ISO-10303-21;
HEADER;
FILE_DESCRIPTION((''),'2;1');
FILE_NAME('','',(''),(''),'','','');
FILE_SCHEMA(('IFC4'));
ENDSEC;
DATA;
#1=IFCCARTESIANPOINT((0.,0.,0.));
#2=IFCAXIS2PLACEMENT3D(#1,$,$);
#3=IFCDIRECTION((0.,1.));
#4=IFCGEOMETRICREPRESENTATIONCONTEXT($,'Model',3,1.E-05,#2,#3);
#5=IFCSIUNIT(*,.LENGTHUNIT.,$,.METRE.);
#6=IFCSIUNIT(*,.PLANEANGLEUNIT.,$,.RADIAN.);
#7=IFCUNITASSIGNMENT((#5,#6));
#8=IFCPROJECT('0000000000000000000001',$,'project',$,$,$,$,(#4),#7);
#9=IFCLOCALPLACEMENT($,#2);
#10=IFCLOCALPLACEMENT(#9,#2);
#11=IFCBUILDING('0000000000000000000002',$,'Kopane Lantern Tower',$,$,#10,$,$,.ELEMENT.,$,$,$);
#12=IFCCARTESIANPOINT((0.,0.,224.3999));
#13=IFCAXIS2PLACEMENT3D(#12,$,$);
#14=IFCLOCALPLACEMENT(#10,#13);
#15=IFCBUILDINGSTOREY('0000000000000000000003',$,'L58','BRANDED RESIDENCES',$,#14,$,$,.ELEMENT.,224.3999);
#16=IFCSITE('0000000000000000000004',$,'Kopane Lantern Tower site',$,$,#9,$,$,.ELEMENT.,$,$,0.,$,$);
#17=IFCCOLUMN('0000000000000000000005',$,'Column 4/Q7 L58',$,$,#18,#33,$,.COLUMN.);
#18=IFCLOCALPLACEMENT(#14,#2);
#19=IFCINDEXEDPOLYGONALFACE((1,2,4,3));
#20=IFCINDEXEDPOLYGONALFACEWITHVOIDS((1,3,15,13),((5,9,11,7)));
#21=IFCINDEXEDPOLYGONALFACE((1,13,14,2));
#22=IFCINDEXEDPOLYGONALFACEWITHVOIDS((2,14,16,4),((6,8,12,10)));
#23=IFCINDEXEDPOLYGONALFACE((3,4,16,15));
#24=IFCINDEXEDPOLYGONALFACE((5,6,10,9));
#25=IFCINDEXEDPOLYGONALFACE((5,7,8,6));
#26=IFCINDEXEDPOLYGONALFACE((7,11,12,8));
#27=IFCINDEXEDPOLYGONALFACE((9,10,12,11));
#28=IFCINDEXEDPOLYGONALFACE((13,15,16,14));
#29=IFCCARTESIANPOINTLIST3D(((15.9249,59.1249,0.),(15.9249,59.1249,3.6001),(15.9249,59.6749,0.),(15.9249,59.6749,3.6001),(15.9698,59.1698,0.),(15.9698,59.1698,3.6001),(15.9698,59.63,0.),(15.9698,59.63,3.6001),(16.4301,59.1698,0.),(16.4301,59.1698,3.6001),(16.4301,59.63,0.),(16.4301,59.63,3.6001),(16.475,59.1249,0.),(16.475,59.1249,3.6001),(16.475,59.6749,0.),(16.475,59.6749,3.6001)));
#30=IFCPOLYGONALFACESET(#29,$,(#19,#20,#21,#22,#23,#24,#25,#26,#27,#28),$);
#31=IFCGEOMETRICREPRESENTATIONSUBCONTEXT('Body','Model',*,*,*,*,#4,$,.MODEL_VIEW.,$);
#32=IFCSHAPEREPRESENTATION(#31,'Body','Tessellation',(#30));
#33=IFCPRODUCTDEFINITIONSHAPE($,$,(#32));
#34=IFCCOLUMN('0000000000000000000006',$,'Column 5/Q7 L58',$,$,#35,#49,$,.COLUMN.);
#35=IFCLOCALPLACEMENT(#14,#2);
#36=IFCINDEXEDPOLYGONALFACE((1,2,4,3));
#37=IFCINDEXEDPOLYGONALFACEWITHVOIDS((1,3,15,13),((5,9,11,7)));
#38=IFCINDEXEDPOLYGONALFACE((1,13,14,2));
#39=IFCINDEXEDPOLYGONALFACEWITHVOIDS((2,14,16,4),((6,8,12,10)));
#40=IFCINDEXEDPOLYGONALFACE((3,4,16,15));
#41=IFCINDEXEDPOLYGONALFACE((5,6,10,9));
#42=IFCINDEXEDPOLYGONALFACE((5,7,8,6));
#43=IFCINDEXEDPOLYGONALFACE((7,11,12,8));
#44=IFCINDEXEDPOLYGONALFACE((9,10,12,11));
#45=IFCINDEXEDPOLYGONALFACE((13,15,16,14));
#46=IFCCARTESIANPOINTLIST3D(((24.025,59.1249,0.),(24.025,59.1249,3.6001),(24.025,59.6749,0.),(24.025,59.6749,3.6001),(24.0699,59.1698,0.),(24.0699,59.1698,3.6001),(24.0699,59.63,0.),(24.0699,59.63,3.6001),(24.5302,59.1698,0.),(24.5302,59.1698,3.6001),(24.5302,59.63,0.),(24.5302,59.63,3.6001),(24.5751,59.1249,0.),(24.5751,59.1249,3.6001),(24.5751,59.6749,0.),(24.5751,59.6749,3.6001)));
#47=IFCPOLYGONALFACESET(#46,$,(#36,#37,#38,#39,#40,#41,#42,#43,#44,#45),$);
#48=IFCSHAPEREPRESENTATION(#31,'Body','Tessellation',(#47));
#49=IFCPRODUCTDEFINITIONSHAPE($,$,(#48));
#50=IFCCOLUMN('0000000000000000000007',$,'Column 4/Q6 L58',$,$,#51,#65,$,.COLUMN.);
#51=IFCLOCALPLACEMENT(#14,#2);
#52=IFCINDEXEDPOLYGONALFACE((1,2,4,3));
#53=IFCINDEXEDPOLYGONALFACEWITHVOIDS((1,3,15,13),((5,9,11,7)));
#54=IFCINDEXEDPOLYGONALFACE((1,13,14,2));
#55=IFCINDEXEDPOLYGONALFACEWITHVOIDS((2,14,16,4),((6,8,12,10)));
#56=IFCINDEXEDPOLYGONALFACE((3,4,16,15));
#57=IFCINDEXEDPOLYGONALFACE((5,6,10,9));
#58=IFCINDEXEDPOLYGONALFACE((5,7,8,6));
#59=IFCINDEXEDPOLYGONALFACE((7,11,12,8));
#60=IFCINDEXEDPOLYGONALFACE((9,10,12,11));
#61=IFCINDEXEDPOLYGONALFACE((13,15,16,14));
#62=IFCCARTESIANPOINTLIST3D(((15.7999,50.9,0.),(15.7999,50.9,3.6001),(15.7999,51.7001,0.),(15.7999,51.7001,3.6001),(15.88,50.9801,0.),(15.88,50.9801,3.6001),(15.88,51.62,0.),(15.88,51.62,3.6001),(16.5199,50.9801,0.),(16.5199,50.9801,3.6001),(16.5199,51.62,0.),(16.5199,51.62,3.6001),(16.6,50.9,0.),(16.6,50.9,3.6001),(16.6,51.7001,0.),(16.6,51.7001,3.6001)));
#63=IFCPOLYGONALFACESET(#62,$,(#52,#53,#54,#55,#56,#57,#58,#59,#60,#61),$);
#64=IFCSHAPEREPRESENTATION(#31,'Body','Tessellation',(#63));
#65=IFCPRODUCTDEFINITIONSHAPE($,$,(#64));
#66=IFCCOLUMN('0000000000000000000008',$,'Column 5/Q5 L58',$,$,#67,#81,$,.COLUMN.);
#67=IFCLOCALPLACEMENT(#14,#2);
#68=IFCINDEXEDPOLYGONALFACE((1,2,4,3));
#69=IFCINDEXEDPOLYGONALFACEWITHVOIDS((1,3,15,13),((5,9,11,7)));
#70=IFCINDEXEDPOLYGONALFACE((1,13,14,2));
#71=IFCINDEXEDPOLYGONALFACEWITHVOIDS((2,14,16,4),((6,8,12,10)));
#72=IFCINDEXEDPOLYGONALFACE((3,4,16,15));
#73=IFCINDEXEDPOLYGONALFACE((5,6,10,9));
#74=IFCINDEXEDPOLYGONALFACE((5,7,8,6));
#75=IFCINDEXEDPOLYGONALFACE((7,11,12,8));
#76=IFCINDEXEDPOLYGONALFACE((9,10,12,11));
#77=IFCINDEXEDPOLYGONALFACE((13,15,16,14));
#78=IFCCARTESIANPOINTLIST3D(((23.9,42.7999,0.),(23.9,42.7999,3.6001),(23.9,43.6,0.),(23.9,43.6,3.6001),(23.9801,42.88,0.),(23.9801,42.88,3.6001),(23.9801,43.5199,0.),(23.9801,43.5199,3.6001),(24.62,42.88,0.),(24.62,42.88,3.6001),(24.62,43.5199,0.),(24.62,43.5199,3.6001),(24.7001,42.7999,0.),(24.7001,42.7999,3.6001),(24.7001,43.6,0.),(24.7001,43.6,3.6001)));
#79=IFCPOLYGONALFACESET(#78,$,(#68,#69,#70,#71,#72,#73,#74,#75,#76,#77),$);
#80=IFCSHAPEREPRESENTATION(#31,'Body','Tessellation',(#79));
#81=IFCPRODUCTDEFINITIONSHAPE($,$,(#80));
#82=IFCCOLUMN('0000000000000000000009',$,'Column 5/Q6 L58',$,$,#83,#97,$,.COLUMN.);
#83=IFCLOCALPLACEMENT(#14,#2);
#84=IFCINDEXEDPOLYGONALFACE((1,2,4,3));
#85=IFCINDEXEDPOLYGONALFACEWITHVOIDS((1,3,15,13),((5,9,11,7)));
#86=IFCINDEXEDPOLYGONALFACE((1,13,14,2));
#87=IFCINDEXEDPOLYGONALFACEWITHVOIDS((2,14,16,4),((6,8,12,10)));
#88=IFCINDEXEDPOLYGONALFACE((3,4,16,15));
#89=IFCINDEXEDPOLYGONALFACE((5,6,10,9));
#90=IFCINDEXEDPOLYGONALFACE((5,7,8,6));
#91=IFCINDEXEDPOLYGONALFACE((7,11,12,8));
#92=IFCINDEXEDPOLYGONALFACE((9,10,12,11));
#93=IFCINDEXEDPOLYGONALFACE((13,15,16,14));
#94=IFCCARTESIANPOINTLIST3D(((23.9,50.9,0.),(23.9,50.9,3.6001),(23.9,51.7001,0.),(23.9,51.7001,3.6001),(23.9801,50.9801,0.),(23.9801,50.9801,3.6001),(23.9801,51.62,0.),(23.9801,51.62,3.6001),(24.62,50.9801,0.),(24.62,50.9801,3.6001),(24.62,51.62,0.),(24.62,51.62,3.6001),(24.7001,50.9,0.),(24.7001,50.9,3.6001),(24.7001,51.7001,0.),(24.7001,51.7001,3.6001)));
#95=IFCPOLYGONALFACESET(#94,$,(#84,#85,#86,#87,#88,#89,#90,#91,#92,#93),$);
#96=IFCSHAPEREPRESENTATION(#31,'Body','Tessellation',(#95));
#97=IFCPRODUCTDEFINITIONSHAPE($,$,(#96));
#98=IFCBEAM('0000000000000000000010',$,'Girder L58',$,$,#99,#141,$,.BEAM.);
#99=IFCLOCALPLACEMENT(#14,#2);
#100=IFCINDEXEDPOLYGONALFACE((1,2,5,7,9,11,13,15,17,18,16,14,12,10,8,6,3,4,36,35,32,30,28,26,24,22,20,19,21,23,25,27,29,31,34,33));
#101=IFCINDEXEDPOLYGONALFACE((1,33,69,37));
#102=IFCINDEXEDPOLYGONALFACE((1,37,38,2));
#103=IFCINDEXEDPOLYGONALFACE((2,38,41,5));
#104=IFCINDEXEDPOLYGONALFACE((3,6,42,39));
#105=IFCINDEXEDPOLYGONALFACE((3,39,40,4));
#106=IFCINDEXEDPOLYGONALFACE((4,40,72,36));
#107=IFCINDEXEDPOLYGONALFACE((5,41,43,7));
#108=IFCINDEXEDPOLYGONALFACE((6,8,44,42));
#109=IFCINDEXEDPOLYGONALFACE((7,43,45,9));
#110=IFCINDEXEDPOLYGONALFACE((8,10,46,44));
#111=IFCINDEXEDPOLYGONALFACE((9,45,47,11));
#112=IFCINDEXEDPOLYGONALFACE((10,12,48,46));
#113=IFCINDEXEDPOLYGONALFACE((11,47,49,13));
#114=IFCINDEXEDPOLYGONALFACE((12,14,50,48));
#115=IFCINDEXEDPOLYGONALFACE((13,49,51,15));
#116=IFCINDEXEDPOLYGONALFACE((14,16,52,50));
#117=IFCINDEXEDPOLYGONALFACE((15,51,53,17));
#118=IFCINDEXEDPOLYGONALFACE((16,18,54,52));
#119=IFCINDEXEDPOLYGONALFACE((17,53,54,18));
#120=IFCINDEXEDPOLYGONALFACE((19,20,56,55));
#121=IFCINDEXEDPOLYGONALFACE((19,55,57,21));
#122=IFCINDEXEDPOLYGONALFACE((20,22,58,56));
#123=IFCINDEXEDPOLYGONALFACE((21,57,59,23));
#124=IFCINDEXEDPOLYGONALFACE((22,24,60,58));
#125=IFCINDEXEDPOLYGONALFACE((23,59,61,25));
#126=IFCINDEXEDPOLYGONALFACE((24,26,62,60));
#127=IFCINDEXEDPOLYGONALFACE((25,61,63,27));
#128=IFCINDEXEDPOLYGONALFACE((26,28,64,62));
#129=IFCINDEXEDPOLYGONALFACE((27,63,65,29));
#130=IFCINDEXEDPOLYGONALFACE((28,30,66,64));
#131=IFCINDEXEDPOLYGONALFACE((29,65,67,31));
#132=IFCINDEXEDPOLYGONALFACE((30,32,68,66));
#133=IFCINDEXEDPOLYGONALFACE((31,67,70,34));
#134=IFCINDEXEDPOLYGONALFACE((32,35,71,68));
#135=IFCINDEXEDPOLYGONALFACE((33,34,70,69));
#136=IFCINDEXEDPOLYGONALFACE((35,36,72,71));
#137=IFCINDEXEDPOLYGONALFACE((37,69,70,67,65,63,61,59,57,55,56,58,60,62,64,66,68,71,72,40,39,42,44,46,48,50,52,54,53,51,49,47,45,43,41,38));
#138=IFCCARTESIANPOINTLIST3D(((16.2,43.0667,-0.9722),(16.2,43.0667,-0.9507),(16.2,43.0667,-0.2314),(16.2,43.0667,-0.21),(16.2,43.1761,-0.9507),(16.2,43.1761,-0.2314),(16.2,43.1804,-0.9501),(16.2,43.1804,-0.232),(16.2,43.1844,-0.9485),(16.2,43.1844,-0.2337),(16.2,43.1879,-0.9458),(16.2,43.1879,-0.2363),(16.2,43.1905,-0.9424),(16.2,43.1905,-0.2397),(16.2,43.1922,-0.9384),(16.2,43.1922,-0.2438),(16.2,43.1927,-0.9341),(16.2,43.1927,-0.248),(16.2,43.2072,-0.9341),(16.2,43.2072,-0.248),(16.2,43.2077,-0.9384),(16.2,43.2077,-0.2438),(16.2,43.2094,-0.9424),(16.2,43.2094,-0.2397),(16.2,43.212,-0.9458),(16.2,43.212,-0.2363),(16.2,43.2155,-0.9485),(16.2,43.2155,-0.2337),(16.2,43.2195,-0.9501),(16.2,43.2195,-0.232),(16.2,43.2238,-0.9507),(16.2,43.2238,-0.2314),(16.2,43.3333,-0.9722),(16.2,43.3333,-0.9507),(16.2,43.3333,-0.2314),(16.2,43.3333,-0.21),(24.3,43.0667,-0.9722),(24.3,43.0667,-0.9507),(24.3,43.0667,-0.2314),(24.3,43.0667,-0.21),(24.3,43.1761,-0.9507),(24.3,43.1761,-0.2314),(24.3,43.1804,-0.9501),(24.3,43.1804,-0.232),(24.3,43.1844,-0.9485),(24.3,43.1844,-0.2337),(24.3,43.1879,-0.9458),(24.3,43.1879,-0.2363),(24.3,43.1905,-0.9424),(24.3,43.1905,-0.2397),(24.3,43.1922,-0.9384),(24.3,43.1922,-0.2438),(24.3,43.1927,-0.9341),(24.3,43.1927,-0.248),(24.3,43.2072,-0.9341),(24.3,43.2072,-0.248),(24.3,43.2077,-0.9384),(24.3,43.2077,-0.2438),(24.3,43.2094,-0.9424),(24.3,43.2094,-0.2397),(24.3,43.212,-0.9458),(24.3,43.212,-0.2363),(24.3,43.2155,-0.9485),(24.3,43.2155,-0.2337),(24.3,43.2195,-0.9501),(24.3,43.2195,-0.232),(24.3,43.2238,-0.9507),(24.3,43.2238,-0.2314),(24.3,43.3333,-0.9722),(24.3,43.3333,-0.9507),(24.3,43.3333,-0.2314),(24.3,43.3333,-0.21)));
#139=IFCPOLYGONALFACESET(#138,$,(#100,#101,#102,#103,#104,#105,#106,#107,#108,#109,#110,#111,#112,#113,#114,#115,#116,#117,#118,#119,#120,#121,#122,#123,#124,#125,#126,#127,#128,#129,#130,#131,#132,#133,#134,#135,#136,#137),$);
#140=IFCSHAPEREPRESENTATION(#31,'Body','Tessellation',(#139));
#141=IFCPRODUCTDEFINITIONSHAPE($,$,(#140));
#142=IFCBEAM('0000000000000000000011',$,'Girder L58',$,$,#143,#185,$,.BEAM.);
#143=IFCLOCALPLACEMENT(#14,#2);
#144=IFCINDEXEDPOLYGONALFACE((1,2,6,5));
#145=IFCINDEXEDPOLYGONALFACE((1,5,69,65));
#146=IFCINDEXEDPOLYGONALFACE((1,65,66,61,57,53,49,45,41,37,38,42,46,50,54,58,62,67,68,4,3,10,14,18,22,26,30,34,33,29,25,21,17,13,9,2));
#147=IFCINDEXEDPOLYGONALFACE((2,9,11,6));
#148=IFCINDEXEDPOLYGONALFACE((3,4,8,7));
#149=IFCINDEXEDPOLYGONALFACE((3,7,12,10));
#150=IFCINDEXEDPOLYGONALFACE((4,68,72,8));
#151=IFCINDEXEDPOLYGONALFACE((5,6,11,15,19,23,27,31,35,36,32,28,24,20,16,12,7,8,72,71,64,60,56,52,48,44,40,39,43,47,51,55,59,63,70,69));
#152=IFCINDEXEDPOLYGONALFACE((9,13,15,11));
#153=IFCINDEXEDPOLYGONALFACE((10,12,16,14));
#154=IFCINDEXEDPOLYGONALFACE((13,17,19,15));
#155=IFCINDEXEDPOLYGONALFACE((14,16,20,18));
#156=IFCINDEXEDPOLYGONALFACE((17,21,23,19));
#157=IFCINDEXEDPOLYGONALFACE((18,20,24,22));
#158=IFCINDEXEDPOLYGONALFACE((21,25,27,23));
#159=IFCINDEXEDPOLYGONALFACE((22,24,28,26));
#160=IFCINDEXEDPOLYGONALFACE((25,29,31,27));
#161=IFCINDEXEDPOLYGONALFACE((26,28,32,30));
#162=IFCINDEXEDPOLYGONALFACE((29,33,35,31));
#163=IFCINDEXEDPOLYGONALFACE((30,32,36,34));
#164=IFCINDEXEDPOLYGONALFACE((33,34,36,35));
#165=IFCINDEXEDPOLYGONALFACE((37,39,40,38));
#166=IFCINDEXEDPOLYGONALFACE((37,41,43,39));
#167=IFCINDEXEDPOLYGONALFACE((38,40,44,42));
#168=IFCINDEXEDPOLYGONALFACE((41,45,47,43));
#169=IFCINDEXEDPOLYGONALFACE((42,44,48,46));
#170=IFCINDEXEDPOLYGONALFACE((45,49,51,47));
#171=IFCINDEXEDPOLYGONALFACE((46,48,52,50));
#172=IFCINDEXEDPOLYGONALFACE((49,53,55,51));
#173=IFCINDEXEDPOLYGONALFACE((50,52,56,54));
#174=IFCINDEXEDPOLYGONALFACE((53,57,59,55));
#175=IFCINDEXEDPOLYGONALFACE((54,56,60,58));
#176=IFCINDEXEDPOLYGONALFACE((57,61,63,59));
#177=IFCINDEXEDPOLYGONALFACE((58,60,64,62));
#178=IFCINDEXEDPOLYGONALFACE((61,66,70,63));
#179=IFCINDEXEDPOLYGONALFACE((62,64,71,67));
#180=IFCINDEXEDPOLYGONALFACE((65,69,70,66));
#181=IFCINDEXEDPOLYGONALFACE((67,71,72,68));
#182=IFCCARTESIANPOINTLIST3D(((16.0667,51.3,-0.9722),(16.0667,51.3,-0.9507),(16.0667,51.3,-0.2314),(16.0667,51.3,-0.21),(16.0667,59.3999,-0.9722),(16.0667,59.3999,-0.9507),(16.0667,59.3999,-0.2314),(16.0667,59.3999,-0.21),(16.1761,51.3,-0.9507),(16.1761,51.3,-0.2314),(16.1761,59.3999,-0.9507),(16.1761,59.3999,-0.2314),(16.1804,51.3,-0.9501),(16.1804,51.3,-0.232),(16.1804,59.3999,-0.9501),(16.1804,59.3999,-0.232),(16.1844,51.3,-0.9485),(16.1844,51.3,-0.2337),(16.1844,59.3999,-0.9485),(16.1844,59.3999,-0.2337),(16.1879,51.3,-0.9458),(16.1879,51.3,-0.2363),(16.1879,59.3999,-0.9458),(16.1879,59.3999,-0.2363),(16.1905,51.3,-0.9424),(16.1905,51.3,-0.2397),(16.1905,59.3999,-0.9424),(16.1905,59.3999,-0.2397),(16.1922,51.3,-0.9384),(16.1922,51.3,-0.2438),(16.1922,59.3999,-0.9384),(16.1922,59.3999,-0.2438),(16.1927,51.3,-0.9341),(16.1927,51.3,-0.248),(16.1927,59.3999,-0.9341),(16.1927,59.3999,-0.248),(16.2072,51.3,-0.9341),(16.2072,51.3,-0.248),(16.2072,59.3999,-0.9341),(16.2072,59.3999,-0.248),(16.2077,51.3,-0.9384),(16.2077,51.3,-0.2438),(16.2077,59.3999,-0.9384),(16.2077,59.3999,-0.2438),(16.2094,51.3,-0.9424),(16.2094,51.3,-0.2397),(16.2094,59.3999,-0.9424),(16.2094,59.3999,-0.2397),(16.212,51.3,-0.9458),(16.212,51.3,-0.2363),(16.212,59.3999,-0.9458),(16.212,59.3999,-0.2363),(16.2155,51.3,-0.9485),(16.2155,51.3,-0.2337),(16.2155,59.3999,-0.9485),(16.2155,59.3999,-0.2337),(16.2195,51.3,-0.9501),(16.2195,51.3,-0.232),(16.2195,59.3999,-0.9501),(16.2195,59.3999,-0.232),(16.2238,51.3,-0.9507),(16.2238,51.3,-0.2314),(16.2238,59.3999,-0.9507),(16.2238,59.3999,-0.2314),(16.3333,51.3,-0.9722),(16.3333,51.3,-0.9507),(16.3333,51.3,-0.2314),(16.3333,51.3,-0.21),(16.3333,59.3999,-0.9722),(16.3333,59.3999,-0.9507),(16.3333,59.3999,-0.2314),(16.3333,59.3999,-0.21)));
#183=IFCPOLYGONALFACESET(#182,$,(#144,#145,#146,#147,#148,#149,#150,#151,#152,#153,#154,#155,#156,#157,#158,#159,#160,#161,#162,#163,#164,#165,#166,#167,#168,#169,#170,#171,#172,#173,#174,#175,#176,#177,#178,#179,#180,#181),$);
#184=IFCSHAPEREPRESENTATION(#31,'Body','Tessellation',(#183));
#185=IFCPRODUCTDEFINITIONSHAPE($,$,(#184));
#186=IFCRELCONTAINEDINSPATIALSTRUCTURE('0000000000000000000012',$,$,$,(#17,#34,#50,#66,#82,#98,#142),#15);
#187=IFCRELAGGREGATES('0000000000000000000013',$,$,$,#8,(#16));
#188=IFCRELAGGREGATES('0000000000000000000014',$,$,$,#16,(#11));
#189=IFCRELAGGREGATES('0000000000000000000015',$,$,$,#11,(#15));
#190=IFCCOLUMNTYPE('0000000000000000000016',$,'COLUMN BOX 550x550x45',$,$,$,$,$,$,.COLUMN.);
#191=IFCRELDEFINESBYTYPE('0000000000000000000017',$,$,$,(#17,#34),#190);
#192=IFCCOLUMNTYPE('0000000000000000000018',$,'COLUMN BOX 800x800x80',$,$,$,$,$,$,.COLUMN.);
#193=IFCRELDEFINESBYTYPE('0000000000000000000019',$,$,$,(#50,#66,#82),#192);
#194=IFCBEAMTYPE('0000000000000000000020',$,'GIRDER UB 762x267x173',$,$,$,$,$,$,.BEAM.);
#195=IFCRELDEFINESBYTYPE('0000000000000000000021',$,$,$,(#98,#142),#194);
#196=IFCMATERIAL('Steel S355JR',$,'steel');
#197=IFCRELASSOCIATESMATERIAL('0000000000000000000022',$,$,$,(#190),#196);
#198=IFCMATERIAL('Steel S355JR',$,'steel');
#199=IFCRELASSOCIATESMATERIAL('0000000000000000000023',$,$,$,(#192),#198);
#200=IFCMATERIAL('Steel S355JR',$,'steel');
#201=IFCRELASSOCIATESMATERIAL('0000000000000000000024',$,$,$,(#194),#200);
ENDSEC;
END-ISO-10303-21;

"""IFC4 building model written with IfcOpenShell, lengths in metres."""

from ifc_helpers import new_model, si_unit, direction, frame, origin, origin_2d, place, context, subcontext, project, spatial, hollow_rectangle, i_section, extrude, material, material_profile, profile_set, type_object, element, save


model = new_model("IFC4")

# Units and contexts
model_context = context("Model", 3, precision=1e-05, world=origin(), true_north=direction((0.0, 1.0)))
body_context = subcontext(model_context, "Body", "Model", "MODEL_VIEW")
ifc_project = project(units=[si_unit("LENGTHUNIT", "METRE"), si_unit("PLANEANGLEUNIT", "RADIAN")], contexts=[model_context])

# Site, building, storey
site_placement = place(None, origin())
site = spatial("IfcSite", under=ifc_project, at=site_placement, Name="Kopane Lantern Tower site", CompositionType="ELEMENT", RefElevation=0.0)
building_placement = place(site_placement, origin())
building = spatial("IfcBuilding", under=site, at=building_placement, Name="Kopane Lantern Tower", CompositionType="ELEMENT")
storey_placement = place(building_placement, frame((0.0, 0.0, 224.3999)))
storey = spatial("IfcBuildingStorey", under=building, at=storey_placement, Name="L58", Description="BRANDED RESIDENCES", CompositionType="ELEMENT", Elevation=224.3999)

# Columns
ifc_material_1 = material(Name="Steel S355JR", Category="steel")
ifc_material_profile_1 = material_profile(ifc_material_1, hollow_rectangle(XDim=0.55, YDim=0.55, WallThickness=0.0449, at=origin_2d()), Name="BOX 550x550x45")
ifc_profile_set_1 = profile_set([ifc_material_profile_1], Name="Steel S355JR")
column_type_1 = type_object("IfcColumnType", Name="COLUMN BOX 550x550x45", PredefinedType="COLUMN", material=ifc_profile_set_1)
for number, where, z_axis, x_axis, name in (
    (1, (16.2, 59.3999, 0.0), (0.0, 0.0, 1.0), (1.0, 0.0, 0.0), "Column 4/Q7 L58"),
    (2, (24.3, 59.3999, 0.0), (0.0, 0.0, 1.0), (1.0, 0.0, 0.0), "Column 5/Q7 L58"),
):
    element("IfcColumn", number, at=place(storey_placement, frame(where, z_axis=z_axis, x_axis=x_axis)), inside=storey, type_object=column_type_1, Name=name, PredefinedType="COLUMN", context=body_context, shape_type="SweptSolid", body=[
        extrude(hollow_rectangle(XDim=0.55, YDim=0.55, WallThickness=0.0449, at=origin_2d()), origin(), (0.0, 0.0, 1.0), 3.6001),
    ])
ifc_material_2 = material(Name="Steel S355JR", Category="steel")
ifc_material_profile_2 = material_profile(ifc_material_2, hollow_rectangle(XDim=0.8, YDim=0.8, WallThickness=0.0801, at=origin_2d()), Name="BOX 800x800x80")
ifc_profile_set_2 = profile_set([ifc_material_profile_2], Name="Steel S355JR")
column_type_2 = type_object("IfcColumnType", Name="COLUMN BOX 800x800x80", PredefinedType="COLUMN", material=ifc_profile_set_2)
for number, where, z_axis, x_axis, name in (
    (3, (16.2, 51.3, 0.0), (0.0, 0.0, 1.0), (1.0, 0.0, 0.0), "Column 4/Q6 L58"),
    (4, (24.3, 43.2, 0.0), (0.0, 0.0, 1.0), (1.0, 0.0, 0.0), "Column 5/Q5 L58"),
    (5, (24.3, 51.3, 0.0), (0.0, 0.0, 1.0), (1.0, 0.0, 0.0), "Column 5/Q6 L58"),
):
    element("IfcColumn", number, at=place(storey_placement, frame(where, z_axis=z_axis, x_axis=x_axis)), inside=storey, type_object=column_type_2, Name=name, PredefinedType="COLUMN", context=body_context, shape_type="SweptSolid", body=[
        extrude(hollow_rectangle(XDim=0.8, YDim=0.8, WallThickness=0.0801, at=origin_2d()), origin(), (0.0, 0.0, 1.0), 3.6001),
    ])

# Beams
ifc_material_3 = material(Name="Steel S355JR", Category="steel")
ifc_material_profile_3 = material_profile(ifc_material_3, i_section(OverallWidth=0.2666, OverallDepth=0.7622, WebThickness=0.0144, FlangeThickness=0.0215, FilletRadius=0.0166, at=origin_2d()), Name="UB 762x267x173")
ifc_profile_set_3 = profile_set([ifc_material_profile_3], Name="Steel S355JR")
beam_type = type_object("IfcBeamType", Name="GIRDER UB 762x267x173", PredefinedType="BEAM", material=ifc_profile_set_3)
beam_1_placement = place(storey_placement, frame((16.2, 43.2, -0.5911), z_axis=(1.0, 0.0, 0.0), x_axis=(0.0, 1.0, 0.0)))
element("IfcBeam", 6, at=beam_1_placement, inside=storey, type_object=beam_type, Name="Girder L58", PredefinedType="BEAM", context=body_context, shape_type="SweptSolid", body=[
    extrude(i_section(OverallWidth=0.2666, OverallDepth=0.7622, WebThickness=0.0144, FlangeThickness=0.0215, FilletRadius=0.0166, at=origin_2d()), origin(), (0.0, 0.0, 1.0), 8.1001),
])
beam_2_placement = place(storey_placement, frame((16.2, 51.3, -0.5911), z_axis=(0.0, 1.0, 0.0), x_axis=(-1.0, 0.0, 0.0)))
element("IfcBeam", 7, at=beam_2_placement, inside=storey, type_object=beam_type, Name="Girder L58", PredefinedType="BEAM", context=body_context, shape_type="SweptSolid", body=[
    extrude(i_section(OverallWidth=0.2666, OverallDepth=0.7622, WebThickness=0.0144, FlangeThickness=0.0215, FilletRadius=0.0166, at=origin_2d()), origin(), (0.0, 0.0, 1.0), 8.0999),
])

save(model, "model.ifc")
